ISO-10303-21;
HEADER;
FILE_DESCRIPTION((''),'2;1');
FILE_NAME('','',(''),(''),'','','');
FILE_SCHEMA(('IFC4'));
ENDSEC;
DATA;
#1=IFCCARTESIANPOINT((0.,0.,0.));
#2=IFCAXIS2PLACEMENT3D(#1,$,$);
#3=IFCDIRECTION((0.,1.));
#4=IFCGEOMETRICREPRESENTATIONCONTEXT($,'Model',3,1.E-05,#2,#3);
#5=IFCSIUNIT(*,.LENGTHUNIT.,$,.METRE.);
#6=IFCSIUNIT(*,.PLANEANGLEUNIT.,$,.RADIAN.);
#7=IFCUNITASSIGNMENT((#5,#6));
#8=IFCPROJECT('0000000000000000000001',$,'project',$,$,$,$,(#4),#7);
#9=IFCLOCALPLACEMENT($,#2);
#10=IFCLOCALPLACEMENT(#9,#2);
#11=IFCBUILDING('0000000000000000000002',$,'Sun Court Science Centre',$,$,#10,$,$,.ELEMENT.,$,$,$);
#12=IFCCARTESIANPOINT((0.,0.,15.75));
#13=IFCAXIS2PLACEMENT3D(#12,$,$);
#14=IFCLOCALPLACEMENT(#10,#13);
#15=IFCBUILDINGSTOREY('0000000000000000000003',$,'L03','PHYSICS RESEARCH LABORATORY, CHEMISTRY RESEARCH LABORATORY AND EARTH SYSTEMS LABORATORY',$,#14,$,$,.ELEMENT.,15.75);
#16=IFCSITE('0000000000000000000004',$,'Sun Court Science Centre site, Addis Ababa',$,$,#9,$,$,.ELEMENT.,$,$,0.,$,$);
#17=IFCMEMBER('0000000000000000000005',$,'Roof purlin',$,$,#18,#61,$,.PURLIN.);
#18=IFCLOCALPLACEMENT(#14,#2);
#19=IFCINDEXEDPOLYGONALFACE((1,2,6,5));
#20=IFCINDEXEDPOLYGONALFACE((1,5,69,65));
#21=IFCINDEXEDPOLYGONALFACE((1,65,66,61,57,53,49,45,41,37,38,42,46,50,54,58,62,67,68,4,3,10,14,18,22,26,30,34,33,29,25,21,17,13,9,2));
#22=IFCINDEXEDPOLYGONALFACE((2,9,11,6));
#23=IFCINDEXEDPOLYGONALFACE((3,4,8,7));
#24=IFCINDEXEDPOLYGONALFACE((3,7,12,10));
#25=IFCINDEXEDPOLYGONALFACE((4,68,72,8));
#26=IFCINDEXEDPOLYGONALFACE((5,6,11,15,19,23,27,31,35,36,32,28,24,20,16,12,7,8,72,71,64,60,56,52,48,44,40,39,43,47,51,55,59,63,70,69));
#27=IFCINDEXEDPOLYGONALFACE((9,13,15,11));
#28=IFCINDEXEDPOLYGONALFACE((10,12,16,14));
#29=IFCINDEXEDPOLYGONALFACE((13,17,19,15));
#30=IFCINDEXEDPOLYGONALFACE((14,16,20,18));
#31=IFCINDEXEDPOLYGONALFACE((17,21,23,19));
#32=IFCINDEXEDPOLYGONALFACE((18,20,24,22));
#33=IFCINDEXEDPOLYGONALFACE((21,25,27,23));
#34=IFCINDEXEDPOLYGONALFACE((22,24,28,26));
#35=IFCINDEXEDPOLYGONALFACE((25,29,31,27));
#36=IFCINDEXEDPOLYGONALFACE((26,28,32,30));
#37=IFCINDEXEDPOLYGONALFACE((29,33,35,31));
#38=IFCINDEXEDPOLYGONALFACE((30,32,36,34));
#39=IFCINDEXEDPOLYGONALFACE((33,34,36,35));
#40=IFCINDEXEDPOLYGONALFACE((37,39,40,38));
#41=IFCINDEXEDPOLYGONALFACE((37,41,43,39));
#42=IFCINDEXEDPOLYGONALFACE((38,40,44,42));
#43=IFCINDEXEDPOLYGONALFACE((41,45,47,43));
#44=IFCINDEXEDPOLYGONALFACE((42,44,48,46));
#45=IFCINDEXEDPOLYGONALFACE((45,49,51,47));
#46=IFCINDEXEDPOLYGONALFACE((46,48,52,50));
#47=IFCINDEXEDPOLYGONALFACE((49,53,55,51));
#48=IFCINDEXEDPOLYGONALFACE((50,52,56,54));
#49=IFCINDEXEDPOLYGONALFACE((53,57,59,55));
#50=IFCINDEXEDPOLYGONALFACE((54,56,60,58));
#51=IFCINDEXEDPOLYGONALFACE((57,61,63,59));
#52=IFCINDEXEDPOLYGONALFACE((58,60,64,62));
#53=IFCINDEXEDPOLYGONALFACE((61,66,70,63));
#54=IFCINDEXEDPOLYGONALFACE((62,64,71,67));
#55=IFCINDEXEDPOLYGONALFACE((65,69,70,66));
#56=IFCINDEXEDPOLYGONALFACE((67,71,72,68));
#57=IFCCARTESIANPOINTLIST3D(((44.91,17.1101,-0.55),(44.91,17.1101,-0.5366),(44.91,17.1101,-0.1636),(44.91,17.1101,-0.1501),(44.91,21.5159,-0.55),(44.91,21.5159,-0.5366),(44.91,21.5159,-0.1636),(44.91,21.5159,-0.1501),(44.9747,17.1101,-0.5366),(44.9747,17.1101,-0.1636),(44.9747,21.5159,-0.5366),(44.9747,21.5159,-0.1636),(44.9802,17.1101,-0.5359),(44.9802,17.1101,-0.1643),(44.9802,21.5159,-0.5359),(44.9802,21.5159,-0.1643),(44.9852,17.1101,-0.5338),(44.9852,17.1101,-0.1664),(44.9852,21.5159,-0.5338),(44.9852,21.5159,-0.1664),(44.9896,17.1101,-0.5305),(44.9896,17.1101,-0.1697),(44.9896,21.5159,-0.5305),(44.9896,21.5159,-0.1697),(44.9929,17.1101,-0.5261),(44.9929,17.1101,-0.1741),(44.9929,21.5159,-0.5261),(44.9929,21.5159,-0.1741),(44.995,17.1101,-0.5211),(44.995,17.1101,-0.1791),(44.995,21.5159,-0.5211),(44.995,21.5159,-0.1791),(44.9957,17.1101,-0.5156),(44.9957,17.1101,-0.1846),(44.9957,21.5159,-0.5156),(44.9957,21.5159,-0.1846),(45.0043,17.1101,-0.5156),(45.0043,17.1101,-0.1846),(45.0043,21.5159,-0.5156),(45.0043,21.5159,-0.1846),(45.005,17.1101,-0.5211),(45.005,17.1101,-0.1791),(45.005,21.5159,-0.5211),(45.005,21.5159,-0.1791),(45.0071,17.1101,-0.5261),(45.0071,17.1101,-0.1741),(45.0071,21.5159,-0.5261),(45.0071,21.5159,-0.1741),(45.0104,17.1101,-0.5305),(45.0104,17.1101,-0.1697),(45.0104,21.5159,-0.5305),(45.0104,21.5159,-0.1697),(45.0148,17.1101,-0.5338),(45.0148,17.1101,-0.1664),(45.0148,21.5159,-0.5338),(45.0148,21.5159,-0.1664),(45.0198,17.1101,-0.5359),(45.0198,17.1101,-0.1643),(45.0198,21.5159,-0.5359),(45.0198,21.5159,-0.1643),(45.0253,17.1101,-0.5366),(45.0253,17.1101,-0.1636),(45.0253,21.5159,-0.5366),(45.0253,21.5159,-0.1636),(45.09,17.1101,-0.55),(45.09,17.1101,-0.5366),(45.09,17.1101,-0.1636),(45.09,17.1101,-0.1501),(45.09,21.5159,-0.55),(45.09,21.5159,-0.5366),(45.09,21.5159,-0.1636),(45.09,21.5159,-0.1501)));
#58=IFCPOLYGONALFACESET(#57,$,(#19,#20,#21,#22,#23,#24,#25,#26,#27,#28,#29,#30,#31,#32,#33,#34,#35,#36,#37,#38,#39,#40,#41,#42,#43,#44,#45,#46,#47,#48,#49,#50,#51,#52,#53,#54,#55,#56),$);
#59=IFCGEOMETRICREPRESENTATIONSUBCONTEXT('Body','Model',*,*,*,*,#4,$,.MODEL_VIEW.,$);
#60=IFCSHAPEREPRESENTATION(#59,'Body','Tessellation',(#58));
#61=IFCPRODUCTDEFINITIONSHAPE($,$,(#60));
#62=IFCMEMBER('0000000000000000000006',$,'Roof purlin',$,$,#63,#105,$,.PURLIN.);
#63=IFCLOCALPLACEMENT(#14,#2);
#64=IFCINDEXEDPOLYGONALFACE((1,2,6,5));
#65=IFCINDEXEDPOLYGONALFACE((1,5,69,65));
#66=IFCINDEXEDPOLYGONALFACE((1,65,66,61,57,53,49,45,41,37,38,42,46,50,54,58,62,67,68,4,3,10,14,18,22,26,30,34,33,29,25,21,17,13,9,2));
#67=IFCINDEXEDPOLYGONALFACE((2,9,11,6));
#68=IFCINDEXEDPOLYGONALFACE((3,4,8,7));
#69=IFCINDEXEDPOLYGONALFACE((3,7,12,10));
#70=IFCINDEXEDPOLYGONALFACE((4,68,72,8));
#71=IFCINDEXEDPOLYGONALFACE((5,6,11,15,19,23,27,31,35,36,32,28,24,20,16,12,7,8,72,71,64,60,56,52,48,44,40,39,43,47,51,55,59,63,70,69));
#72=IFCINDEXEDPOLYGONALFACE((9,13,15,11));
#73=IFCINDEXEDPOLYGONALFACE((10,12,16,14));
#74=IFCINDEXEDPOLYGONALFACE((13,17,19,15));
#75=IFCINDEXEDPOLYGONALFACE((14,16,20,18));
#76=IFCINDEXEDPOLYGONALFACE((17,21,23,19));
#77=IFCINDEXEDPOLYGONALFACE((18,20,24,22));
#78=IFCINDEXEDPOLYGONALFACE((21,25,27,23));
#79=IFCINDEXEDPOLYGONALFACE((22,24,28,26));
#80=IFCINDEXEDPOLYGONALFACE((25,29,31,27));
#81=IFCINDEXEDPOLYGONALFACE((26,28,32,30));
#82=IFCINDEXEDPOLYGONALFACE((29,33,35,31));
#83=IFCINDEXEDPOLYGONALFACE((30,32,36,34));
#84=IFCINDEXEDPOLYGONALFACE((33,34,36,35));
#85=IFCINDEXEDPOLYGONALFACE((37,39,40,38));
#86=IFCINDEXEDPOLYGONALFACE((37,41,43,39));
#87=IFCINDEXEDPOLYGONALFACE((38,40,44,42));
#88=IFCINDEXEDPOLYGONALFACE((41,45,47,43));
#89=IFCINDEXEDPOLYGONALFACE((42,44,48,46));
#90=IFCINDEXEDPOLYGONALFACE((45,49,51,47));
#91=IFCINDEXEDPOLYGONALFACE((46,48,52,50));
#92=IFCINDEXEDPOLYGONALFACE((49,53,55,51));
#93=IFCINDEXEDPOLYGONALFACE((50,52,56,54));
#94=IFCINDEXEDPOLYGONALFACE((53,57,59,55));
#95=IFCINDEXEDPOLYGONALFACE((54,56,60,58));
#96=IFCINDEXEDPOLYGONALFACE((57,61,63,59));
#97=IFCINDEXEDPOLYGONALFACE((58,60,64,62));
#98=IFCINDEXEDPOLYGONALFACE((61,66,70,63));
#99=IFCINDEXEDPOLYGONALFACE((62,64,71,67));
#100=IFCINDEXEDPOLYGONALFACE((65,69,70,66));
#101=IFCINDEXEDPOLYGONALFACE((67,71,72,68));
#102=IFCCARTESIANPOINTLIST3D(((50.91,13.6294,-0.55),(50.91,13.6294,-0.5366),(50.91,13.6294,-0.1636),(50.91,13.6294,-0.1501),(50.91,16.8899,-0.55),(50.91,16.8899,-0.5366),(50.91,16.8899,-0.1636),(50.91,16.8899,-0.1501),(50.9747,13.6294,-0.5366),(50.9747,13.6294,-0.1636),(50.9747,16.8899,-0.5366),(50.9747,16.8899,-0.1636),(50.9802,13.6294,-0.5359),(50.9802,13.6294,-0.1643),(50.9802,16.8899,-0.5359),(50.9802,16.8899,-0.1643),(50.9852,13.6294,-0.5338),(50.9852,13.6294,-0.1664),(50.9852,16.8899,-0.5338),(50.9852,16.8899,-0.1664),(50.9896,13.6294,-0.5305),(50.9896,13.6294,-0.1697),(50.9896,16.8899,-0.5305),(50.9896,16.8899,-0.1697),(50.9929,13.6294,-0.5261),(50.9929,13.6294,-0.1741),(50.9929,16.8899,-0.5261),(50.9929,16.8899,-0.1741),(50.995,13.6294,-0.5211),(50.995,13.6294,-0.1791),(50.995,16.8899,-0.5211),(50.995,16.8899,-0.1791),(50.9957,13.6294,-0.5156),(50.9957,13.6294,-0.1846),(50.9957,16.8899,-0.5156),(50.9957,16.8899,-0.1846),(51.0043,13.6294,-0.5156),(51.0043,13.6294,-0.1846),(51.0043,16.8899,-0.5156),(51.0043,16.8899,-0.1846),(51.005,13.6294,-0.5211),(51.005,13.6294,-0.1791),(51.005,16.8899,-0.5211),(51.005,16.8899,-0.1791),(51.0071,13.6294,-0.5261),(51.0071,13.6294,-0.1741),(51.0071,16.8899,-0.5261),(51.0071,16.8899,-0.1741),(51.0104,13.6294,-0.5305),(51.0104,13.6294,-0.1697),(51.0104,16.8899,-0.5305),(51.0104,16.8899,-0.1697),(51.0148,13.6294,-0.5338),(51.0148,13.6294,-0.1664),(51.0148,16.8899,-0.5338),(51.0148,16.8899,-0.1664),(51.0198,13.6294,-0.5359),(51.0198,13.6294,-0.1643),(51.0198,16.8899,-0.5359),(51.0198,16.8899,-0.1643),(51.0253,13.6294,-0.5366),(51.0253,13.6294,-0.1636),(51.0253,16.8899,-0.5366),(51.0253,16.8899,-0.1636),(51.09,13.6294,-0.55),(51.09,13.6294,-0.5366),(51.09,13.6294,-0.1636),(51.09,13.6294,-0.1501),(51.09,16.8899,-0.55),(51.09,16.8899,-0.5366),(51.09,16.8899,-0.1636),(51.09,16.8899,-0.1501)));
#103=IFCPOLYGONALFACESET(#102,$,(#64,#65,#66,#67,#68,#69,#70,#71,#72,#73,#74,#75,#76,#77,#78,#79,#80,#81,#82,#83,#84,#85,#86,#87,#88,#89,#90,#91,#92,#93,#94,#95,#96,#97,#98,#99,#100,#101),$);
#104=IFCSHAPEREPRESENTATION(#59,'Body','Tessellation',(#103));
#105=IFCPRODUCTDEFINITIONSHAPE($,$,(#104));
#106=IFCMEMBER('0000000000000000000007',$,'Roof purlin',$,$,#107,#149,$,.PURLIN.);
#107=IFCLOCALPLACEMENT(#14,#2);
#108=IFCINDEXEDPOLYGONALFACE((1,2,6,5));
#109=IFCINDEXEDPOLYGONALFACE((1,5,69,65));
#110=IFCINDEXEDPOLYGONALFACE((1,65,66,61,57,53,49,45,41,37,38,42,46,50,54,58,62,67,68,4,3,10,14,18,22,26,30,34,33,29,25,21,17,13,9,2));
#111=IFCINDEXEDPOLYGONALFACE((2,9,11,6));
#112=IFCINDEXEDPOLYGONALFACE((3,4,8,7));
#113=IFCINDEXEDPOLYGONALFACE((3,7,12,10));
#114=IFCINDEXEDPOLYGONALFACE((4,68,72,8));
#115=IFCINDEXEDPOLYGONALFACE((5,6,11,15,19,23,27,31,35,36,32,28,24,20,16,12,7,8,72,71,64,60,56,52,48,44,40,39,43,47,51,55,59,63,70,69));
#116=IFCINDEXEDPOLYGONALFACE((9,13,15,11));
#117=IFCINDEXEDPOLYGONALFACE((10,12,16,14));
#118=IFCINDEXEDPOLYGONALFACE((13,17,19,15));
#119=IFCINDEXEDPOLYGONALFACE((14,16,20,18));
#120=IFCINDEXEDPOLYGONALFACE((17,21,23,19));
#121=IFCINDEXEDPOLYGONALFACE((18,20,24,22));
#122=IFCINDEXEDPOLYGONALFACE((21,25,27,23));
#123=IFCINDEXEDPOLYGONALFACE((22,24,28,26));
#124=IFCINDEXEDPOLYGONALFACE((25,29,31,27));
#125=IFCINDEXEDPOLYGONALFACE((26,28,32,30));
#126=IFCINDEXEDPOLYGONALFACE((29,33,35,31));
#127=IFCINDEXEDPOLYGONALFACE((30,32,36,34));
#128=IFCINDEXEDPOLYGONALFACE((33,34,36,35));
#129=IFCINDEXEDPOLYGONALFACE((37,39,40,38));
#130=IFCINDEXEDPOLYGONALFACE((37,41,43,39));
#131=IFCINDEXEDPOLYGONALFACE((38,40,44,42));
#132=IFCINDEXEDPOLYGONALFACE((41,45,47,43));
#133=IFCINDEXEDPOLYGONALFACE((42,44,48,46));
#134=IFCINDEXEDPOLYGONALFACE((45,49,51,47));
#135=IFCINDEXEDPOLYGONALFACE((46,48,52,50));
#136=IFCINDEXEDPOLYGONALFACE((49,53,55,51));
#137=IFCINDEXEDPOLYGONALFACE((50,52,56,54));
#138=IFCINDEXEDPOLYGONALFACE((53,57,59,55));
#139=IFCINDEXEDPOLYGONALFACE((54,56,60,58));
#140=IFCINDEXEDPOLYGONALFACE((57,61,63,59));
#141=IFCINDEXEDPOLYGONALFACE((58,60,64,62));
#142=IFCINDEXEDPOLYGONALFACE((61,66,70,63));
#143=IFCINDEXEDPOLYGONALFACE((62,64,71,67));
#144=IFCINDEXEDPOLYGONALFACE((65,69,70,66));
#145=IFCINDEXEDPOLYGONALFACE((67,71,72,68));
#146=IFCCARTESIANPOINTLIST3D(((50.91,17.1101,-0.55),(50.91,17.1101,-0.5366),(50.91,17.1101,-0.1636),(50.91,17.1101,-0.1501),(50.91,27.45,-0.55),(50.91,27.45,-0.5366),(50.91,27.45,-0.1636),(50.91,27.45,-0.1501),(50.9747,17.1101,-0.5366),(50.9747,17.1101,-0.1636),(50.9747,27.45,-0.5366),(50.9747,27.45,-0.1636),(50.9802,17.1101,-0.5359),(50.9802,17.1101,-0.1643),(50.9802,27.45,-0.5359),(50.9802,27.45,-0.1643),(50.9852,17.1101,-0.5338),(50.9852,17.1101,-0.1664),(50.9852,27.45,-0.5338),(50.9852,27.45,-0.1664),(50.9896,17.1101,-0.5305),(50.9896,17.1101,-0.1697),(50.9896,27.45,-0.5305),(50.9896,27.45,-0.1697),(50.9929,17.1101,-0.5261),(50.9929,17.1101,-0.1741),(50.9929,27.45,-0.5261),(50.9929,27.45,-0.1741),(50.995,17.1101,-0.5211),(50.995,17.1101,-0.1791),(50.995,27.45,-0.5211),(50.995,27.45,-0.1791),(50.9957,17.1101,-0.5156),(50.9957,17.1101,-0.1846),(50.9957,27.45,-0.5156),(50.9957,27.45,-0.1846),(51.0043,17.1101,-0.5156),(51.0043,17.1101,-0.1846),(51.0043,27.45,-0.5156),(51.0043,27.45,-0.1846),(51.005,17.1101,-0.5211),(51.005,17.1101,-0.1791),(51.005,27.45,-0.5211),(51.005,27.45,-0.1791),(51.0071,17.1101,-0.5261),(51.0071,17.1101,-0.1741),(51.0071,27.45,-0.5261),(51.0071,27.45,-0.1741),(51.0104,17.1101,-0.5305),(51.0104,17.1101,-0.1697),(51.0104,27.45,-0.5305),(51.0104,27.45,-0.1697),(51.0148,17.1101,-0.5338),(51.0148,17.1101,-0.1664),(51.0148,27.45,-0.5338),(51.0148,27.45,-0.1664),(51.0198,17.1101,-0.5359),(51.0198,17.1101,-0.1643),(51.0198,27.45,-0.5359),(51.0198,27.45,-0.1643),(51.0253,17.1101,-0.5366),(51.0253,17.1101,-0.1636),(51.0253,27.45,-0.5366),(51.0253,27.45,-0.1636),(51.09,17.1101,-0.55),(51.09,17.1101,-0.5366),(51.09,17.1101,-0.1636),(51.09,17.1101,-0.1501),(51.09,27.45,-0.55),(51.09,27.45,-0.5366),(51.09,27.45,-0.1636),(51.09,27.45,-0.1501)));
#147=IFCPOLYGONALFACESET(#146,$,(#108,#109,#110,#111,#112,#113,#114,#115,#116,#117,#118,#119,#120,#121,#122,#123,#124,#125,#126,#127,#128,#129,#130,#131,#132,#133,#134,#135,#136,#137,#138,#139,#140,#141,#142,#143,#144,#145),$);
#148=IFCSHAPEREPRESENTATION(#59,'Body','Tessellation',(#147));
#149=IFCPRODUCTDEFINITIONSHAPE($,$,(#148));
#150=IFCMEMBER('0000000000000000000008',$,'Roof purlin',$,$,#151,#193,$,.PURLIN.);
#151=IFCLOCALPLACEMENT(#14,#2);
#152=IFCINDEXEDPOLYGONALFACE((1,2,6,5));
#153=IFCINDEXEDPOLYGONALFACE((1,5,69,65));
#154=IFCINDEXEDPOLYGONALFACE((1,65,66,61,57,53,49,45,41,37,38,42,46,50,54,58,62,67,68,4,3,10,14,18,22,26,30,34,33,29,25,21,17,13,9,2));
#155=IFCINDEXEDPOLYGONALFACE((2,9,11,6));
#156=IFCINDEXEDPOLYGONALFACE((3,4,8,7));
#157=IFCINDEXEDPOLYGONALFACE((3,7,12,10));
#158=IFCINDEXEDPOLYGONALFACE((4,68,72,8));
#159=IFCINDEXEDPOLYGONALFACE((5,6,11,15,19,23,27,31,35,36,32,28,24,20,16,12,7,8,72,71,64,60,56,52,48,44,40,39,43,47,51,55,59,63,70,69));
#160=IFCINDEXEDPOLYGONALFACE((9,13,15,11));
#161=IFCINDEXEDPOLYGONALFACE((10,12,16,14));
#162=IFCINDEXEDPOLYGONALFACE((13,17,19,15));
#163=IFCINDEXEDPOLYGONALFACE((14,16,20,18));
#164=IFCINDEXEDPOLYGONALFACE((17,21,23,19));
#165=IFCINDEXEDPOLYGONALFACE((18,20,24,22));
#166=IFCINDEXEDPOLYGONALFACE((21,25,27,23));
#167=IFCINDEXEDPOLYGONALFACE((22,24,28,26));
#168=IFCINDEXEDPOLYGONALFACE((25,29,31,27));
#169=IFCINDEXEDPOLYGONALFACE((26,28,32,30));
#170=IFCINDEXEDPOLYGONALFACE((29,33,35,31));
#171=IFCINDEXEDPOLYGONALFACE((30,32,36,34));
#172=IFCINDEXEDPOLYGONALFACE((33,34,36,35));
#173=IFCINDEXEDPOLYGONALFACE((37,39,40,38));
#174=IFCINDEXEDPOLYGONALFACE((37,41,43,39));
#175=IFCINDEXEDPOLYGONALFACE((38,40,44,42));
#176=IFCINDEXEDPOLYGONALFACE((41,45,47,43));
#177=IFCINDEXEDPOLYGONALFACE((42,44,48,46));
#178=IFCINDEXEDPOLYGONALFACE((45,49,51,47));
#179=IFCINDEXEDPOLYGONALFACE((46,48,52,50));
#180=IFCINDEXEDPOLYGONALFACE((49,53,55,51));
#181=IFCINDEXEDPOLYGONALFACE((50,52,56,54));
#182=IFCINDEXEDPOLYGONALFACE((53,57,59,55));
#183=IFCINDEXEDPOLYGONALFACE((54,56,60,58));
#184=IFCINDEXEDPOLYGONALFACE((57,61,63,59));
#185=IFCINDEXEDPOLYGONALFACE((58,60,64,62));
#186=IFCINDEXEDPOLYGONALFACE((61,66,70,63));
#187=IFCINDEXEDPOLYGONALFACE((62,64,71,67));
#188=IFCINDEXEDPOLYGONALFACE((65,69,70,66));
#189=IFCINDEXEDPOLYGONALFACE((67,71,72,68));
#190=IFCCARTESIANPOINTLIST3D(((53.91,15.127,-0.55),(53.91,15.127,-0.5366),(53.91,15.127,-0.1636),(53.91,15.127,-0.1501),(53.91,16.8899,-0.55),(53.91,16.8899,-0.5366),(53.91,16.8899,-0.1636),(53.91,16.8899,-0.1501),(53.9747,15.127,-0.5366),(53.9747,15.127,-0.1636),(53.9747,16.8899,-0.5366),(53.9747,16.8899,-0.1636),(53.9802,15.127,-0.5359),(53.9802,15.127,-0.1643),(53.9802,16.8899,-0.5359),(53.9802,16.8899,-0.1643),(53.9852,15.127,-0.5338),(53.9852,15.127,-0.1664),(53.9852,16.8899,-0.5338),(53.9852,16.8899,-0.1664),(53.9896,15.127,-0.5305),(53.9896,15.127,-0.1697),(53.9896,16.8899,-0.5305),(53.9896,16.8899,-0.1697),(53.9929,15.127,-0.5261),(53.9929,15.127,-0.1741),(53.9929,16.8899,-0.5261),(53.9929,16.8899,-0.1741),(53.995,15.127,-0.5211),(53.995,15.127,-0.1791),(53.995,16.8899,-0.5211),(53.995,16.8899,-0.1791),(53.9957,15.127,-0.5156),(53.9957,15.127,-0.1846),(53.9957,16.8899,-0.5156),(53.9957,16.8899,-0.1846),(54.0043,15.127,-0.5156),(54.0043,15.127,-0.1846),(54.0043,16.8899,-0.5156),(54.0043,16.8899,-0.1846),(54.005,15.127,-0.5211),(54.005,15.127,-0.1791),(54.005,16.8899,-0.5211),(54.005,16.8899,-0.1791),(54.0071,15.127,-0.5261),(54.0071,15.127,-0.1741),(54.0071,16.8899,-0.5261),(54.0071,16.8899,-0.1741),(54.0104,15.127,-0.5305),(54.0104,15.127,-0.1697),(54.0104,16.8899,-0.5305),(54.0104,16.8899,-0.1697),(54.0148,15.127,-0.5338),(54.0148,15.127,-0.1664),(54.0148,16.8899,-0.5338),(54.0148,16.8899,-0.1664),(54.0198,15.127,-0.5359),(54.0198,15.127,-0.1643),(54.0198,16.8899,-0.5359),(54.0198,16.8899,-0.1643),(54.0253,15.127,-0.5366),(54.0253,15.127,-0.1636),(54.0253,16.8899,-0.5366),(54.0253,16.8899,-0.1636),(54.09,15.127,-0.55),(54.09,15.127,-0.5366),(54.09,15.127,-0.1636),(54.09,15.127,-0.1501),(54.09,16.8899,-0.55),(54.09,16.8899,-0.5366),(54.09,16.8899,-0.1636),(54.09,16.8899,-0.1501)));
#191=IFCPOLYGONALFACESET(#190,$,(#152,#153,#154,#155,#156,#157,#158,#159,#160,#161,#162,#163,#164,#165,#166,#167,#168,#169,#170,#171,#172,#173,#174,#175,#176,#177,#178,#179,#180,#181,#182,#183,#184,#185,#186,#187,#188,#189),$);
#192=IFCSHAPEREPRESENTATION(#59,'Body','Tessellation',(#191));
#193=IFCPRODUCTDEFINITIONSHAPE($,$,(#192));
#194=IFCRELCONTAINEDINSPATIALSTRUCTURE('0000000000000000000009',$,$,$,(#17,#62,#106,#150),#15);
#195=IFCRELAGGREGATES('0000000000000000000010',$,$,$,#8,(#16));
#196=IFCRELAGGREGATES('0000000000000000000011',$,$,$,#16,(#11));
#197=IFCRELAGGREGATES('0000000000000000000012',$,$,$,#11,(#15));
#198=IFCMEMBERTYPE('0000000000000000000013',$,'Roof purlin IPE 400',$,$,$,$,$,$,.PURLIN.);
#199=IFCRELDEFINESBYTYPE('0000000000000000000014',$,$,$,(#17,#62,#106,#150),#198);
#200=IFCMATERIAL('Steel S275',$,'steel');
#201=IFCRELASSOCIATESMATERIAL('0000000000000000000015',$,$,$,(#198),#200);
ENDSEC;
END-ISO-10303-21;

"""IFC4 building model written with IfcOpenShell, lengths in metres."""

from ifc_helpers import new_model, si_unit, direction, frame, origin, origin_2d, place, context, subcontext, project, spatial, i_section, extrude, material, material_profile, profile_set, type_object, element, save


model = new_model("IFC4")

# Units and contexts
model_context = context("Model", 3, precision=1e-05, world=origin(), true_north=direction((0.0, 1.0)))
body_context = subcontext(model_context, "Body", "Model", "MODEL_VIEW")
ifc_project = project(units=[si_unit("LENGTHUNIT", "METRE"), si_unit("PLANEANGLEUNIT", "RADIAN")], contexts=[model_context])

# Site, building, storey
site_placement = place(None, origin())
site = spatial("IfcSite", under=ifc_project, at=site_placement, Name="Sun Court Science Centre site, Addis Ababa", CompositionType="ELEMENT", RefElevation=0.0)
building_placement = place(site_placement, origin())
building = spatial("IfcBuilding", under=site, at=building_placement, Name="Sun Court Science Centre", CompositionType="ELEMENT")
storey_placement = place(building_placement, frame((0.0, 0.0, 15.75)))
storey = spatial("IfcBuildingStorey", under=building, at=storey_placement, Name="L03", Description="PHYSICS RESEARCH LABORATORY, CHEMISTRY RESEARCH LABORATORY AND EARTH SYSTEMS LABORATORY", CompositionType="ELEMENT", Elevation=15.75)

# Members
ifc_material_1 = material(Name="Steel S275", Category="steel")
ifc_material_profile_1 = material_profile(ifc_material_1, i_section(OverallWidth=0.1799, OverallDepth=0.3999, WebThickness=0.0085, FlangeThickness=0.0134, FilletRadius=0.021, at=origin_2d()), Name="IPE 400")
ifc_profile_set_1 = profile_set([ifc_material_profile_1], Name="Steel S275")
member_type_1 = type_object("IfcMemberType", Name="Roof purlin IPE 400", PredefinedType="PURLIN", material=ifc_profile_set_1)
member_1_placement = place(storey_placement, frame((45.0, 17.1101, -0.3501), z_axis=(0.0, 1.0, 0.0), x_axis=(-1.0, 0.0, 0.0)))
element("IfcMember", 1, at=member_1_placement, inside=storey, type_object=member_type_1, Name="Roof purlin", PredefinedType="PURLIN", context=body_context, shape_type="SweptSolid", body=[
    extrude(i_section(OverallWidth=0.1799, OverallDepth=0.3999, WebThickness=0.0085, FlangeThickness=0.0134, FilletRadius=0.021, at=origin_2d()), origin(), (0.0, 0.0, 1.0), 4.4058),
])
member_2_placement = place(storey_placement, frame((51.0, 13.6294, -0.3501), z_axis=(0.0, 1.0, 0.0), x_axis=(-1.0, 0.0, 0.0)))
element("IfcMember", 2, at=member_2_placement, inside=storey, type_object=member_type_1, Name="Roof purlin", PredefinedType="PURLIN", context=body_context, shape_type="SweptSolid", body=[
    extrude(i_section(OverallWidth=0.1799, OverallDepth=0.3999, WebThickness=0.0085, FlangeThickness=0.0134, FilletRadius=0.021, at=origin_2d()), origin(), (0.0, 0.0, 1.0), 3.2605),
])
member_3_placement = place(storey_placement, frame((51.0, 17.1101, -0.3501), z_axis=(0.0, 1.0, 0.0), x_axis=(-1.0, 0.0, 0.0)))
element("IfcMember", 3, at=member_3_placement, inside=storey, type_object=member_type_1, Name="Roof purlin", PredefinedType="PURLIN", context=body_context, shape_type="SweptSolid", body=[
    extrude(i_section(OverallWidth=0.1799, OverallDepth=0.3999, WebThickness=0.0085, FlangeThickness=0.0134, FilletRadius=0.021, at=origin_2d()), origin(), (0.0, 0.0, 1.0), 10.3398),
])
member_4_placement = place(storey_placement, frame((54.0, 15.127, -0.3501), z_axis=(0.0, 1.0, 0.0), x_axis=(-1.0, 0.0, 0.0)))
element("IfcMember", 4, at=member_4_placement, inside=storey, type_object=member_type_1, Name="Roof purlin", PredefinedType="PURLIN", context=body_context, shape_type="SweptSolid", body=[
    extrude(i_section(OverallWidth=0.1799, OverallDepth=0.3999, WebThickness=0.0085, FlangeThickness=0.0134, FilletRadius=0.021, at=origin_2d()), origin(), (0.0, 0.0, 1.0), 1.7629),
])

save(model, "model.ifc")
